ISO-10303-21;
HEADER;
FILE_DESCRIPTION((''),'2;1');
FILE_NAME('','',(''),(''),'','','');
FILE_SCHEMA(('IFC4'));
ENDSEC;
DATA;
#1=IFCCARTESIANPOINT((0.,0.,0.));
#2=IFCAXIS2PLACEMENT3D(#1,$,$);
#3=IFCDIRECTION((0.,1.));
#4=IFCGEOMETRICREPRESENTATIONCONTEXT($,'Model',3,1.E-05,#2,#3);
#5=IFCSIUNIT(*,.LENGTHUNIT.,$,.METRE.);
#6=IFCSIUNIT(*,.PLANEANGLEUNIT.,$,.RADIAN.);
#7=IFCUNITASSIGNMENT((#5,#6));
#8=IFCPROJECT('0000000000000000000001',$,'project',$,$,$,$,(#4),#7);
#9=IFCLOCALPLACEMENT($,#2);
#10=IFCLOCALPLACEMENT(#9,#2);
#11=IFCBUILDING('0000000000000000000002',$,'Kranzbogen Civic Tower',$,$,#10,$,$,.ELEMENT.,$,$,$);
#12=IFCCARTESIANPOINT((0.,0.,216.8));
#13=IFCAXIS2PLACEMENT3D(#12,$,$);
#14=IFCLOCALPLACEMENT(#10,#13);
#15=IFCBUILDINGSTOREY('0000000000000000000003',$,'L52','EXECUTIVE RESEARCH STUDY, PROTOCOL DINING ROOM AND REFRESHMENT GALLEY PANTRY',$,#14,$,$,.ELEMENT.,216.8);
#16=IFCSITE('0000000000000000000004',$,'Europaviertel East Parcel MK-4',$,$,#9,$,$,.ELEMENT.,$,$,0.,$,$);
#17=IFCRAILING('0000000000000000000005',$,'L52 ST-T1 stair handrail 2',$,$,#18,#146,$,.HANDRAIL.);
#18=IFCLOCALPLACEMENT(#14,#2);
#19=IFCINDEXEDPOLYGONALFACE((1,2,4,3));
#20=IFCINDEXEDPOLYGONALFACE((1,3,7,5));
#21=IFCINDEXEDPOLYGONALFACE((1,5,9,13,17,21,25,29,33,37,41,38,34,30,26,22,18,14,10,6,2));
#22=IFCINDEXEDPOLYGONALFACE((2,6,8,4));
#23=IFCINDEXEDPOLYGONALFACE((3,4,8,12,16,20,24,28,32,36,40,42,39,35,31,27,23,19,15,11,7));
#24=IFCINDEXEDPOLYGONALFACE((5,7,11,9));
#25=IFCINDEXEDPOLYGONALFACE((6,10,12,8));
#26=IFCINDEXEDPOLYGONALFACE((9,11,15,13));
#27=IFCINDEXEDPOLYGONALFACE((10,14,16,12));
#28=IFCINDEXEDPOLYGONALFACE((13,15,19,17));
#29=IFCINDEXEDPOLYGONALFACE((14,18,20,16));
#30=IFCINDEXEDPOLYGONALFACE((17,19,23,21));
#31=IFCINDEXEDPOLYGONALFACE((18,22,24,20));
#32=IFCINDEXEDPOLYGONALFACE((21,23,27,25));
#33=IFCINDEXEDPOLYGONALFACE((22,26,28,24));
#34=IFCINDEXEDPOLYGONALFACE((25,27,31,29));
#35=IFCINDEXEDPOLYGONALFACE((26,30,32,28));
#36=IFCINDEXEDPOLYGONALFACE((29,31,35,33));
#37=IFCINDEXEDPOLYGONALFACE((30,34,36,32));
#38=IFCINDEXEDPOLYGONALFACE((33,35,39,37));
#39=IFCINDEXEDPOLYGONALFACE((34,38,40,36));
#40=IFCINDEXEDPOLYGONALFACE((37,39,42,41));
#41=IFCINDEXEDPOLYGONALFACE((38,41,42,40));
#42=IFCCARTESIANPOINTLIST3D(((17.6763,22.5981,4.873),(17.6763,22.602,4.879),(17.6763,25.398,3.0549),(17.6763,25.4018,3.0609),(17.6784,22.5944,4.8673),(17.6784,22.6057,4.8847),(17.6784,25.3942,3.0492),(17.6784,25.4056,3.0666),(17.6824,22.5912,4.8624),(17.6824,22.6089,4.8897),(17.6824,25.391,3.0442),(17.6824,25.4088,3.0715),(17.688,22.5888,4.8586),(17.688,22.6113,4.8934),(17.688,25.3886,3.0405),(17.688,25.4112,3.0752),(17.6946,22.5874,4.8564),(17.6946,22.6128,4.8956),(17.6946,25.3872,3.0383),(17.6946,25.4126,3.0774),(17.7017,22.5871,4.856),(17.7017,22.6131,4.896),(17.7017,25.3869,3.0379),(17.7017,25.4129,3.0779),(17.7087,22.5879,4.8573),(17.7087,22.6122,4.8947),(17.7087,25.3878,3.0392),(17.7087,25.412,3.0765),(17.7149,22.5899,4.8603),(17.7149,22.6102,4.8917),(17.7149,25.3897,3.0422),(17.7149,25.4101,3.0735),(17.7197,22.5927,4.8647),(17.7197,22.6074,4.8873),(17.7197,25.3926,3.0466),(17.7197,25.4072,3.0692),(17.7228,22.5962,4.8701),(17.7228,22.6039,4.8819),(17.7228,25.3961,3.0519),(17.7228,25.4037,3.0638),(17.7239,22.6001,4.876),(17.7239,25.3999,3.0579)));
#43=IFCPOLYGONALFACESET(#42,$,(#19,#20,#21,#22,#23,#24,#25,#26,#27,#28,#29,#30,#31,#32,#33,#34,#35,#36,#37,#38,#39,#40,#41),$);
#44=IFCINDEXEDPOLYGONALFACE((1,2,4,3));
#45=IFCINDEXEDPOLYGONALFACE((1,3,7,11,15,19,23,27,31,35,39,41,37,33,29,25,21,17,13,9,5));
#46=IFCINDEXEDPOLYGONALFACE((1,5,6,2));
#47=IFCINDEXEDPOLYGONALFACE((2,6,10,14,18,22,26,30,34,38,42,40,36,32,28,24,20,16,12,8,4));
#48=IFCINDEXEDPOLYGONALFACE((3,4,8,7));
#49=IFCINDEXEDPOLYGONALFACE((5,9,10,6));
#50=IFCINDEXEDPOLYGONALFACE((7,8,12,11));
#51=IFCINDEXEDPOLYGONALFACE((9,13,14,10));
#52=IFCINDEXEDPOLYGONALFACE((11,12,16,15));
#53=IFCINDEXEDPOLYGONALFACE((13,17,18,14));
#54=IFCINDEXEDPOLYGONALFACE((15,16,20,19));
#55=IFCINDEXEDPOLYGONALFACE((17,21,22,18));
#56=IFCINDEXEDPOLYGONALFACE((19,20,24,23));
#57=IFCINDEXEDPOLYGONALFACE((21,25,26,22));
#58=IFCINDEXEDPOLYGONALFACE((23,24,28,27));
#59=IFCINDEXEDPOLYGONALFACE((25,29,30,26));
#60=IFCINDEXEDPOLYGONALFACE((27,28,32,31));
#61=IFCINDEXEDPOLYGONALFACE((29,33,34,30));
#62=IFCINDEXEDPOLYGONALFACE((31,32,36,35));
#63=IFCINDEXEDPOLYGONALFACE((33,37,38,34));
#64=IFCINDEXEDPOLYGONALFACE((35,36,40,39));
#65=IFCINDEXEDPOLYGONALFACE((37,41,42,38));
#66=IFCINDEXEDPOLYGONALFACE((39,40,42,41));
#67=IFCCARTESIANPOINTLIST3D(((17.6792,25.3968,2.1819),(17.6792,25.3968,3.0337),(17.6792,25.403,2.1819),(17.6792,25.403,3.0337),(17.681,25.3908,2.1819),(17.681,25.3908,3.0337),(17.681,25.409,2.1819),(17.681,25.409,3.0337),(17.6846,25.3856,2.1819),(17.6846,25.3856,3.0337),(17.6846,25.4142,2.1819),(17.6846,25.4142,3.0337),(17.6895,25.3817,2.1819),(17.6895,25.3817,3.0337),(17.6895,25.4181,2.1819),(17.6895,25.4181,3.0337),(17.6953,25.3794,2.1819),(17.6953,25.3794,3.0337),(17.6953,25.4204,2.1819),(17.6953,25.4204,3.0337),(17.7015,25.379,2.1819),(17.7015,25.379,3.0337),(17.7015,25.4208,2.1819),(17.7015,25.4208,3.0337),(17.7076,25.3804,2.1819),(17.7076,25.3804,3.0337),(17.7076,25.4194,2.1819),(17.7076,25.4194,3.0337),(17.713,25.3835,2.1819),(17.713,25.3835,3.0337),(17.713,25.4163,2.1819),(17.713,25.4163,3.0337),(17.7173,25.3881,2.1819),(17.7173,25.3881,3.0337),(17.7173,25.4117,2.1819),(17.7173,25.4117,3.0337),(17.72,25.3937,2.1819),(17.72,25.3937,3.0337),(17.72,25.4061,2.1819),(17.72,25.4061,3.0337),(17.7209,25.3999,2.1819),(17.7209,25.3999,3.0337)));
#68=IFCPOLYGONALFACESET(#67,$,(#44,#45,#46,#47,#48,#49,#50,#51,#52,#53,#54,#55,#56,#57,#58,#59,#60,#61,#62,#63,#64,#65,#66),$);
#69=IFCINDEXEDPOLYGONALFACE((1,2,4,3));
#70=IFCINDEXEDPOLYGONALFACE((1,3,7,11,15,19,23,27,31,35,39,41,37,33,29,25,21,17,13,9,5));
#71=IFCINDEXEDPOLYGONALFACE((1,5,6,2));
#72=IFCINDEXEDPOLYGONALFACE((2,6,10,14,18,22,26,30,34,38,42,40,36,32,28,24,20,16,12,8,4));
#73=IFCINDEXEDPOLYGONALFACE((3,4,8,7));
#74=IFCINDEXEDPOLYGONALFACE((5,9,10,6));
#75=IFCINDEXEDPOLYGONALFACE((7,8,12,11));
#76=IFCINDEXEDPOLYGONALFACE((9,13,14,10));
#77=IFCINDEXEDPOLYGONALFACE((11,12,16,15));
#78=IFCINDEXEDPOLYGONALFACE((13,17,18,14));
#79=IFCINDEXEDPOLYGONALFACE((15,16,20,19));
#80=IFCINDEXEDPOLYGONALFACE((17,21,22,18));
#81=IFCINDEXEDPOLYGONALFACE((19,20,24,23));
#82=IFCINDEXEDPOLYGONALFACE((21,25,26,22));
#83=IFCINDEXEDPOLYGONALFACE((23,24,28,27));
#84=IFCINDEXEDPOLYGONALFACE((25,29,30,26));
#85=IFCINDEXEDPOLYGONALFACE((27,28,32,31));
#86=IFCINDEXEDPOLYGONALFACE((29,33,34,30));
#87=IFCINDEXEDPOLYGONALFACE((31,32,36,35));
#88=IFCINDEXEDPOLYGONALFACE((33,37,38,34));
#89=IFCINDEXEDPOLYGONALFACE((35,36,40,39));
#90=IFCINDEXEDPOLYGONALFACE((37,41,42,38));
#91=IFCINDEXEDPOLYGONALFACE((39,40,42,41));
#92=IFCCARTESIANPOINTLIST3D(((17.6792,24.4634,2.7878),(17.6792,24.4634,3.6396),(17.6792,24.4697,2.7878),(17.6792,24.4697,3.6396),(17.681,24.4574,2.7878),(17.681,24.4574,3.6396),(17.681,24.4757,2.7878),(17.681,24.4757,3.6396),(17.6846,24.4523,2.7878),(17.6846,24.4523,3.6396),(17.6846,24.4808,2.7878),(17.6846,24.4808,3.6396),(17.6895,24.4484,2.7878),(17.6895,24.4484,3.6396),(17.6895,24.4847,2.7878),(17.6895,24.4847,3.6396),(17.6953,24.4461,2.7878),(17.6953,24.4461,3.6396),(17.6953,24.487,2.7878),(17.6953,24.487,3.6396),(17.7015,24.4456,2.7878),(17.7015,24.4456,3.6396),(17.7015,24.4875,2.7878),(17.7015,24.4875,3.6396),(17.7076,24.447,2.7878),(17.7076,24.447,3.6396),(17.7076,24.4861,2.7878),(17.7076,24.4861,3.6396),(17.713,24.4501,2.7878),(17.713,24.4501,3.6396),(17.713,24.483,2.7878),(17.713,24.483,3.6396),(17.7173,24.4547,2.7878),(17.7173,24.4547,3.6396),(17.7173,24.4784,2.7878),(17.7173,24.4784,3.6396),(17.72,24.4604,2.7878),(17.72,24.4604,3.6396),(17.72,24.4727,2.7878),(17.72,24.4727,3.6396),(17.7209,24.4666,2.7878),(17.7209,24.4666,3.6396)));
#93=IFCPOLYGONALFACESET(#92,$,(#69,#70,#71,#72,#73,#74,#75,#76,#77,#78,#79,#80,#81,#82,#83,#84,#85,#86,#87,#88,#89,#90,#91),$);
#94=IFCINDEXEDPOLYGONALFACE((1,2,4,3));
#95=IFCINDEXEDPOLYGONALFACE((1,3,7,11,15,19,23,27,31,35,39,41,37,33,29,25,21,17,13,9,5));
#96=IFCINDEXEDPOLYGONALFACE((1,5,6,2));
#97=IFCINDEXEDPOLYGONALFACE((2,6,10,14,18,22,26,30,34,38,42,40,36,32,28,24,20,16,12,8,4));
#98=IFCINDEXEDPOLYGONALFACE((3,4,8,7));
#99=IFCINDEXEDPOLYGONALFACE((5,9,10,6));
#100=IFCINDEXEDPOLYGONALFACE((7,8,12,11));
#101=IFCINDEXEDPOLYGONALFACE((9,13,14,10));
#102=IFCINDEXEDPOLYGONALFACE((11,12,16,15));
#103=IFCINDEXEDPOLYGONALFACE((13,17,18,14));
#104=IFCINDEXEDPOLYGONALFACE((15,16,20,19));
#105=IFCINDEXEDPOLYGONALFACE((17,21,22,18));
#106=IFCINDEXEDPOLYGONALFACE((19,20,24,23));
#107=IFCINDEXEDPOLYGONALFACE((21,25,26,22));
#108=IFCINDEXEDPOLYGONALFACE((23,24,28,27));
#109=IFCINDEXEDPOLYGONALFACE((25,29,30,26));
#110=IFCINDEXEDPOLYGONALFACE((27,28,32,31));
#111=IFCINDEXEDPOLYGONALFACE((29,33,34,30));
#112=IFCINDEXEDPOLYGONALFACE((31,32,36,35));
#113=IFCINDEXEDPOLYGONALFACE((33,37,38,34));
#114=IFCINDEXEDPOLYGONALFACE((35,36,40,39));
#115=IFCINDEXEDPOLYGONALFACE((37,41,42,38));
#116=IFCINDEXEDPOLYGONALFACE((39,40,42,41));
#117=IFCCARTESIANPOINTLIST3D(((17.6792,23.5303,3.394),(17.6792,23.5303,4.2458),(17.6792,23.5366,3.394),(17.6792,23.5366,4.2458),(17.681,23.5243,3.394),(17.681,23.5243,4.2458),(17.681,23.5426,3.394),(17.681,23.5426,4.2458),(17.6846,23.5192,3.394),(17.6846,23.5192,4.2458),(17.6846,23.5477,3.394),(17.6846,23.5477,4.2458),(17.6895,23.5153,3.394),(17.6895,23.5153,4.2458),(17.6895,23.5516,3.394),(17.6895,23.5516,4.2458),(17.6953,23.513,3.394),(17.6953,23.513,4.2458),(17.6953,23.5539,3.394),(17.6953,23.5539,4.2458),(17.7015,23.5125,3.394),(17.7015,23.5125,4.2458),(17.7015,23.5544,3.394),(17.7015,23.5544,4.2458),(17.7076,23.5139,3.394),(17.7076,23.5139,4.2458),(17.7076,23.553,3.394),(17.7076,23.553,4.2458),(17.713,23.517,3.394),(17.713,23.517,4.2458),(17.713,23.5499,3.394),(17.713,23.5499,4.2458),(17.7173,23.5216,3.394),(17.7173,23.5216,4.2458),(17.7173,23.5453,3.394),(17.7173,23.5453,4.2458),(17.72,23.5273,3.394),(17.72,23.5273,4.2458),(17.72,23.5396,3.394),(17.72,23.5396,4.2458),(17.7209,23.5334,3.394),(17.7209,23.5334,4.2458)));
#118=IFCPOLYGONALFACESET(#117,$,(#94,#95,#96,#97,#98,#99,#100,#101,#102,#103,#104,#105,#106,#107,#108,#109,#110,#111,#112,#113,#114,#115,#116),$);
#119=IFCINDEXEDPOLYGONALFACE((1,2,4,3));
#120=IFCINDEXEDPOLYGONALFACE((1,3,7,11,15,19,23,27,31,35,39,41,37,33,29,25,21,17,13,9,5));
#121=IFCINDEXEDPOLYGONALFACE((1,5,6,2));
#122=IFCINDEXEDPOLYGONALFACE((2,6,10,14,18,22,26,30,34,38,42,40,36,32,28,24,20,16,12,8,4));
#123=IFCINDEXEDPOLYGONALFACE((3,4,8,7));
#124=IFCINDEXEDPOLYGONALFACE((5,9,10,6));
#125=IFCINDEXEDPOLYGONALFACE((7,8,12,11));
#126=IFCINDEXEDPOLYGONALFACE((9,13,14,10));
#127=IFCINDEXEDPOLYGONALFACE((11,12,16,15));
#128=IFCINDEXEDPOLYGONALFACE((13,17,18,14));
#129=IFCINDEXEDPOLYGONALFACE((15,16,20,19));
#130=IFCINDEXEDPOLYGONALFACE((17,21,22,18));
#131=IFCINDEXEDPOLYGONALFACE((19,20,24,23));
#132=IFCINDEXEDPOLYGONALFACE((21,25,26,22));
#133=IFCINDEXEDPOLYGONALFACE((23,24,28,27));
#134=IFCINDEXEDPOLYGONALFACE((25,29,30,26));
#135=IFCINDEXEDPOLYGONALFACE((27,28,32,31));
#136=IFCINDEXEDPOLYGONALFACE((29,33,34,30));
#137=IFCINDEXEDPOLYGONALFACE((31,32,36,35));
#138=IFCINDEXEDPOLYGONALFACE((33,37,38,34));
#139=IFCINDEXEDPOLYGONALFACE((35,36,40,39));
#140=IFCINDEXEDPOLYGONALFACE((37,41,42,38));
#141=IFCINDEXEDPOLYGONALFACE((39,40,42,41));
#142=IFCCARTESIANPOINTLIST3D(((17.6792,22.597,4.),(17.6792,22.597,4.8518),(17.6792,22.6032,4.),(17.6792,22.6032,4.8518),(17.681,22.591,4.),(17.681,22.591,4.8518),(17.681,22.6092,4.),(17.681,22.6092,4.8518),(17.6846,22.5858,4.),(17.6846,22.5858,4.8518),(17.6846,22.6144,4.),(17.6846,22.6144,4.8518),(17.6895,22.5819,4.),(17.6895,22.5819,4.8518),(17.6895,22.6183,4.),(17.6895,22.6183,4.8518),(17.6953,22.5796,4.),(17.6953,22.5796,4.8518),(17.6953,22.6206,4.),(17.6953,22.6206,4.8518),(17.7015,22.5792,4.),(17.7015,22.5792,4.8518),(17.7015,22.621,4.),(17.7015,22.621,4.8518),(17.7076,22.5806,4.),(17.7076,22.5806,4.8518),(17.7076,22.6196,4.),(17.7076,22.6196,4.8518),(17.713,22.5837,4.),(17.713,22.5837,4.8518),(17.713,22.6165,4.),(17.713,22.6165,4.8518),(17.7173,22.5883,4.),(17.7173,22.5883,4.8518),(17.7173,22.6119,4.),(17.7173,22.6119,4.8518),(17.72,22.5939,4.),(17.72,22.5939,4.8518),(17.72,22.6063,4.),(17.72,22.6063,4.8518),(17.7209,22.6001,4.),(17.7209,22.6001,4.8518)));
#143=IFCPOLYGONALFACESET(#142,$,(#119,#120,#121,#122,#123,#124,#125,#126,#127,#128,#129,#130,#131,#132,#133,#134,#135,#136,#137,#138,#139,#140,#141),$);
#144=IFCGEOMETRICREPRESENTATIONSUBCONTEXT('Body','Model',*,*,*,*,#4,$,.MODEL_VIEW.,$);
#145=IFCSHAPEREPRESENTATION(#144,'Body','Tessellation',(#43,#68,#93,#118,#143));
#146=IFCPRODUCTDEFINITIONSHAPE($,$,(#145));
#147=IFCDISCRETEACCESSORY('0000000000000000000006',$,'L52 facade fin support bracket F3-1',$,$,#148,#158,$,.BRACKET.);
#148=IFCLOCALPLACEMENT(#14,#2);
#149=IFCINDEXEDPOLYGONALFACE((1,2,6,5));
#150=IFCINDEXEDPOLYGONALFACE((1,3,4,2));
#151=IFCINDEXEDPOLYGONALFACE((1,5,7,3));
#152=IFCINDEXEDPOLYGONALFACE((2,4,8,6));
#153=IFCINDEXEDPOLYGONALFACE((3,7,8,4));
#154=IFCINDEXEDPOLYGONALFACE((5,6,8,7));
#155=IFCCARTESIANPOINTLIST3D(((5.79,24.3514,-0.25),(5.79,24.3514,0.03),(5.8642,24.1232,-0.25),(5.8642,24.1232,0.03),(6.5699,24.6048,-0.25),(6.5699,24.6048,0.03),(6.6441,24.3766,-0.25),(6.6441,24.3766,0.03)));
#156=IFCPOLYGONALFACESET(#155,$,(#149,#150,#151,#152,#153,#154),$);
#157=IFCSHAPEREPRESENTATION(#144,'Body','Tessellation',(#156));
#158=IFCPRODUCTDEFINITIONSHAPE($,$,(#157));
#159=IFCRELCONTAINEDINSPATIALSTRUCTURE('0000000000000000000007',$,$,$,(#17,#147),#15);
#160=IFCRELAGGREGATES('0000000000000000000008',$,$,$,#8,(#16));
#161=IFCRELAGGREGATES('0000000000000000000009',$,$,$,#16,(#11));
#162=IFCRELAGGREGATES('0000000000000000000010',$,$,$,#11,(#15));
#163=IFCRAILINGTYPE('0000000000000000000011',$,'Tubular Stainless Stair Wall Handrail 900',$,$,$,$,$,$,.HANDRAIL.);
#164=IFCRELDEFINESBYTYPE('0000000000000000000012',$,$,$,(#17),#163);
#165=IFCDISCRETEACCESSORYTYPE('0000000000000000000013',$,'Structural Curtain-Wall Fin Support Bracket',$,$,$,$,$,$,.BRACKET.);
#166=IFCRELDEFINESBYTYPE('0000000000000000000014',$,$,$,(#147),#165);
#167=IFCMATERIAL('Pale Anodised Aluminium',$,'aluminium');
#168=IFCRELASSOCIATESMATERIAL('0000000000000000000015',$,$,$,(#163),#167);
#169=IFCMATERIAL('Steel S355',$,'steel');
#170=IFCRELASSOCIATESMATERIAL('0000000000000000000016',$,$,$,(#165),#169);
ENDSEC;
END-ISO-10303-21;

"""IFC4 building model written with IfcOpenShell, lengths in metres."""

from ifc_helpers import new_model, si_unit, direction, frame, origin, origin_2d, place, context, subcontext, project, spatial, rectangle, circle, extrude, material, type_object, element, save


model = new_model("IFC4")

# Units and contexts
model_context = context("Model", 3, precision=1e-05, world=origin(), true_north=direction((0.0, 1.0)))
body_context = subcontext(model_context, "Body", "Model", "MODEL_VIEW")
ifc_project = project(units=[si_unit("LENGTHUNIT", "METRE"), si_unit("PLANEANGLEUNIT", "RADIAN")], contexts=[model_context])

# Site, building, storey
site_placement = place(None, origin())
site = spatial("IfcSite", under=ifc_project, at=site_placement, Name="Europaviertel East Parcel MK-4", CompositionType="ELEMENT", RefElevation=0.0)
building_placement = place(site_placement, origin())
building = spatial("IfcBuilding", under=site, at=building_placement, Name="Kranzbogen Civic Tower", CompositionType="ELEMENT")
storey_placement = place(building_placement, frame((0.0, 0.0, 216.8)))
storey = spatial("IfcBuildingStorey", under=building, at=storey_placement, Name="L52", Description="EXECUTIVE RESEARCH STUDY, PROTOCOL DINING ROOM AND REFRESHMENT GALLEY PANTRY", CompositionType="ELEMENT", Elevation=216.8)

# Shared definitions
ifc_material_1 = material(Name="Steel S355", Category="steel")

# Shared definitions
ifc_material_2 = material(Name="Pale Anodised Aluminium", Category="aluminium")

# Railing
railing_type_1 = type_object("IfcRailingType", Name="Tubular Stainless Stair Wall Handrail 900", PredefinedType="HANDRAIL", material=ifc_material_2)
railing_1_placement = place(storey_placement, frame((17.7, 25.3999, 2.1819)))
element("IfcRailing", 1, at=railing_1_placement, inside=storey, type_object=railing_type_1, Name="L52 ST-T1 stair handrail 2", PredefinedType="HANDRAIL", context=body_context, shape_type="SweptSolid", body=[
    extrude(circle(Radius=0.0239, at=origin_2d()), frame((0.0, 0.0, 0.876), z_axis=(0.0, -0.838684, 0.544618), x_axis=(1.0, 0.0, 0.0)), (0.0, 0.0, 1.0), 3.3384),
    extrude(circle(Radius=0.021, at=origin_2d()), origin(), (0.0, 0.0, 1.0), 0.8518),
    extrude(circle(Radius=0.021, at=origin_2d()), frame((0.0, -0.9333, 0.606)), (0.0, 0.0, 1.0), 0.8518),
    extrude(circle(Radius=0.021, at=origin_2d()), frame((0.0, -1.8665, 1.2122)), (0.0, 0.0, 1.0), 0.8518),
    extrude(circle(Radius=0.021, at=origin_2d()), frame((0.0, -2.7998, 1.8181)), (0.0, 0.0, 1.0), 0.8518),
])

# Discrete accessory
discrete_accessory_type = type_object("IfcDiscreteAccessoryType", Name="Structural Curtain-Wall Fin Support Bracket", PredefinedType="BRACKET", material=ifc_material_1)
discrete_accessory_placement = place(storey_placement, frame((6.217, 24.364, -0.25), z_axis=(0.0, 0.0, 1.0), x_axis=(-0.951057, -0.309017, 0.0)))
element("IfcDiscreteAccessory", 2, at=discrete_accessory_placement, inside=storey, type_object=discrete_accessory_type, Name="L52 facade fin support bracket F3-1", PredefinedType="BRACKET", context=body_context, shape_type="SweptSolid", body=[
    extrude(rectangle(XDim=0.8201, YDim=0.24, at=origin_2d()), origin(), (0.0, 0.0, 1.0), 0.28),
])

save(model, "model.ifc")
